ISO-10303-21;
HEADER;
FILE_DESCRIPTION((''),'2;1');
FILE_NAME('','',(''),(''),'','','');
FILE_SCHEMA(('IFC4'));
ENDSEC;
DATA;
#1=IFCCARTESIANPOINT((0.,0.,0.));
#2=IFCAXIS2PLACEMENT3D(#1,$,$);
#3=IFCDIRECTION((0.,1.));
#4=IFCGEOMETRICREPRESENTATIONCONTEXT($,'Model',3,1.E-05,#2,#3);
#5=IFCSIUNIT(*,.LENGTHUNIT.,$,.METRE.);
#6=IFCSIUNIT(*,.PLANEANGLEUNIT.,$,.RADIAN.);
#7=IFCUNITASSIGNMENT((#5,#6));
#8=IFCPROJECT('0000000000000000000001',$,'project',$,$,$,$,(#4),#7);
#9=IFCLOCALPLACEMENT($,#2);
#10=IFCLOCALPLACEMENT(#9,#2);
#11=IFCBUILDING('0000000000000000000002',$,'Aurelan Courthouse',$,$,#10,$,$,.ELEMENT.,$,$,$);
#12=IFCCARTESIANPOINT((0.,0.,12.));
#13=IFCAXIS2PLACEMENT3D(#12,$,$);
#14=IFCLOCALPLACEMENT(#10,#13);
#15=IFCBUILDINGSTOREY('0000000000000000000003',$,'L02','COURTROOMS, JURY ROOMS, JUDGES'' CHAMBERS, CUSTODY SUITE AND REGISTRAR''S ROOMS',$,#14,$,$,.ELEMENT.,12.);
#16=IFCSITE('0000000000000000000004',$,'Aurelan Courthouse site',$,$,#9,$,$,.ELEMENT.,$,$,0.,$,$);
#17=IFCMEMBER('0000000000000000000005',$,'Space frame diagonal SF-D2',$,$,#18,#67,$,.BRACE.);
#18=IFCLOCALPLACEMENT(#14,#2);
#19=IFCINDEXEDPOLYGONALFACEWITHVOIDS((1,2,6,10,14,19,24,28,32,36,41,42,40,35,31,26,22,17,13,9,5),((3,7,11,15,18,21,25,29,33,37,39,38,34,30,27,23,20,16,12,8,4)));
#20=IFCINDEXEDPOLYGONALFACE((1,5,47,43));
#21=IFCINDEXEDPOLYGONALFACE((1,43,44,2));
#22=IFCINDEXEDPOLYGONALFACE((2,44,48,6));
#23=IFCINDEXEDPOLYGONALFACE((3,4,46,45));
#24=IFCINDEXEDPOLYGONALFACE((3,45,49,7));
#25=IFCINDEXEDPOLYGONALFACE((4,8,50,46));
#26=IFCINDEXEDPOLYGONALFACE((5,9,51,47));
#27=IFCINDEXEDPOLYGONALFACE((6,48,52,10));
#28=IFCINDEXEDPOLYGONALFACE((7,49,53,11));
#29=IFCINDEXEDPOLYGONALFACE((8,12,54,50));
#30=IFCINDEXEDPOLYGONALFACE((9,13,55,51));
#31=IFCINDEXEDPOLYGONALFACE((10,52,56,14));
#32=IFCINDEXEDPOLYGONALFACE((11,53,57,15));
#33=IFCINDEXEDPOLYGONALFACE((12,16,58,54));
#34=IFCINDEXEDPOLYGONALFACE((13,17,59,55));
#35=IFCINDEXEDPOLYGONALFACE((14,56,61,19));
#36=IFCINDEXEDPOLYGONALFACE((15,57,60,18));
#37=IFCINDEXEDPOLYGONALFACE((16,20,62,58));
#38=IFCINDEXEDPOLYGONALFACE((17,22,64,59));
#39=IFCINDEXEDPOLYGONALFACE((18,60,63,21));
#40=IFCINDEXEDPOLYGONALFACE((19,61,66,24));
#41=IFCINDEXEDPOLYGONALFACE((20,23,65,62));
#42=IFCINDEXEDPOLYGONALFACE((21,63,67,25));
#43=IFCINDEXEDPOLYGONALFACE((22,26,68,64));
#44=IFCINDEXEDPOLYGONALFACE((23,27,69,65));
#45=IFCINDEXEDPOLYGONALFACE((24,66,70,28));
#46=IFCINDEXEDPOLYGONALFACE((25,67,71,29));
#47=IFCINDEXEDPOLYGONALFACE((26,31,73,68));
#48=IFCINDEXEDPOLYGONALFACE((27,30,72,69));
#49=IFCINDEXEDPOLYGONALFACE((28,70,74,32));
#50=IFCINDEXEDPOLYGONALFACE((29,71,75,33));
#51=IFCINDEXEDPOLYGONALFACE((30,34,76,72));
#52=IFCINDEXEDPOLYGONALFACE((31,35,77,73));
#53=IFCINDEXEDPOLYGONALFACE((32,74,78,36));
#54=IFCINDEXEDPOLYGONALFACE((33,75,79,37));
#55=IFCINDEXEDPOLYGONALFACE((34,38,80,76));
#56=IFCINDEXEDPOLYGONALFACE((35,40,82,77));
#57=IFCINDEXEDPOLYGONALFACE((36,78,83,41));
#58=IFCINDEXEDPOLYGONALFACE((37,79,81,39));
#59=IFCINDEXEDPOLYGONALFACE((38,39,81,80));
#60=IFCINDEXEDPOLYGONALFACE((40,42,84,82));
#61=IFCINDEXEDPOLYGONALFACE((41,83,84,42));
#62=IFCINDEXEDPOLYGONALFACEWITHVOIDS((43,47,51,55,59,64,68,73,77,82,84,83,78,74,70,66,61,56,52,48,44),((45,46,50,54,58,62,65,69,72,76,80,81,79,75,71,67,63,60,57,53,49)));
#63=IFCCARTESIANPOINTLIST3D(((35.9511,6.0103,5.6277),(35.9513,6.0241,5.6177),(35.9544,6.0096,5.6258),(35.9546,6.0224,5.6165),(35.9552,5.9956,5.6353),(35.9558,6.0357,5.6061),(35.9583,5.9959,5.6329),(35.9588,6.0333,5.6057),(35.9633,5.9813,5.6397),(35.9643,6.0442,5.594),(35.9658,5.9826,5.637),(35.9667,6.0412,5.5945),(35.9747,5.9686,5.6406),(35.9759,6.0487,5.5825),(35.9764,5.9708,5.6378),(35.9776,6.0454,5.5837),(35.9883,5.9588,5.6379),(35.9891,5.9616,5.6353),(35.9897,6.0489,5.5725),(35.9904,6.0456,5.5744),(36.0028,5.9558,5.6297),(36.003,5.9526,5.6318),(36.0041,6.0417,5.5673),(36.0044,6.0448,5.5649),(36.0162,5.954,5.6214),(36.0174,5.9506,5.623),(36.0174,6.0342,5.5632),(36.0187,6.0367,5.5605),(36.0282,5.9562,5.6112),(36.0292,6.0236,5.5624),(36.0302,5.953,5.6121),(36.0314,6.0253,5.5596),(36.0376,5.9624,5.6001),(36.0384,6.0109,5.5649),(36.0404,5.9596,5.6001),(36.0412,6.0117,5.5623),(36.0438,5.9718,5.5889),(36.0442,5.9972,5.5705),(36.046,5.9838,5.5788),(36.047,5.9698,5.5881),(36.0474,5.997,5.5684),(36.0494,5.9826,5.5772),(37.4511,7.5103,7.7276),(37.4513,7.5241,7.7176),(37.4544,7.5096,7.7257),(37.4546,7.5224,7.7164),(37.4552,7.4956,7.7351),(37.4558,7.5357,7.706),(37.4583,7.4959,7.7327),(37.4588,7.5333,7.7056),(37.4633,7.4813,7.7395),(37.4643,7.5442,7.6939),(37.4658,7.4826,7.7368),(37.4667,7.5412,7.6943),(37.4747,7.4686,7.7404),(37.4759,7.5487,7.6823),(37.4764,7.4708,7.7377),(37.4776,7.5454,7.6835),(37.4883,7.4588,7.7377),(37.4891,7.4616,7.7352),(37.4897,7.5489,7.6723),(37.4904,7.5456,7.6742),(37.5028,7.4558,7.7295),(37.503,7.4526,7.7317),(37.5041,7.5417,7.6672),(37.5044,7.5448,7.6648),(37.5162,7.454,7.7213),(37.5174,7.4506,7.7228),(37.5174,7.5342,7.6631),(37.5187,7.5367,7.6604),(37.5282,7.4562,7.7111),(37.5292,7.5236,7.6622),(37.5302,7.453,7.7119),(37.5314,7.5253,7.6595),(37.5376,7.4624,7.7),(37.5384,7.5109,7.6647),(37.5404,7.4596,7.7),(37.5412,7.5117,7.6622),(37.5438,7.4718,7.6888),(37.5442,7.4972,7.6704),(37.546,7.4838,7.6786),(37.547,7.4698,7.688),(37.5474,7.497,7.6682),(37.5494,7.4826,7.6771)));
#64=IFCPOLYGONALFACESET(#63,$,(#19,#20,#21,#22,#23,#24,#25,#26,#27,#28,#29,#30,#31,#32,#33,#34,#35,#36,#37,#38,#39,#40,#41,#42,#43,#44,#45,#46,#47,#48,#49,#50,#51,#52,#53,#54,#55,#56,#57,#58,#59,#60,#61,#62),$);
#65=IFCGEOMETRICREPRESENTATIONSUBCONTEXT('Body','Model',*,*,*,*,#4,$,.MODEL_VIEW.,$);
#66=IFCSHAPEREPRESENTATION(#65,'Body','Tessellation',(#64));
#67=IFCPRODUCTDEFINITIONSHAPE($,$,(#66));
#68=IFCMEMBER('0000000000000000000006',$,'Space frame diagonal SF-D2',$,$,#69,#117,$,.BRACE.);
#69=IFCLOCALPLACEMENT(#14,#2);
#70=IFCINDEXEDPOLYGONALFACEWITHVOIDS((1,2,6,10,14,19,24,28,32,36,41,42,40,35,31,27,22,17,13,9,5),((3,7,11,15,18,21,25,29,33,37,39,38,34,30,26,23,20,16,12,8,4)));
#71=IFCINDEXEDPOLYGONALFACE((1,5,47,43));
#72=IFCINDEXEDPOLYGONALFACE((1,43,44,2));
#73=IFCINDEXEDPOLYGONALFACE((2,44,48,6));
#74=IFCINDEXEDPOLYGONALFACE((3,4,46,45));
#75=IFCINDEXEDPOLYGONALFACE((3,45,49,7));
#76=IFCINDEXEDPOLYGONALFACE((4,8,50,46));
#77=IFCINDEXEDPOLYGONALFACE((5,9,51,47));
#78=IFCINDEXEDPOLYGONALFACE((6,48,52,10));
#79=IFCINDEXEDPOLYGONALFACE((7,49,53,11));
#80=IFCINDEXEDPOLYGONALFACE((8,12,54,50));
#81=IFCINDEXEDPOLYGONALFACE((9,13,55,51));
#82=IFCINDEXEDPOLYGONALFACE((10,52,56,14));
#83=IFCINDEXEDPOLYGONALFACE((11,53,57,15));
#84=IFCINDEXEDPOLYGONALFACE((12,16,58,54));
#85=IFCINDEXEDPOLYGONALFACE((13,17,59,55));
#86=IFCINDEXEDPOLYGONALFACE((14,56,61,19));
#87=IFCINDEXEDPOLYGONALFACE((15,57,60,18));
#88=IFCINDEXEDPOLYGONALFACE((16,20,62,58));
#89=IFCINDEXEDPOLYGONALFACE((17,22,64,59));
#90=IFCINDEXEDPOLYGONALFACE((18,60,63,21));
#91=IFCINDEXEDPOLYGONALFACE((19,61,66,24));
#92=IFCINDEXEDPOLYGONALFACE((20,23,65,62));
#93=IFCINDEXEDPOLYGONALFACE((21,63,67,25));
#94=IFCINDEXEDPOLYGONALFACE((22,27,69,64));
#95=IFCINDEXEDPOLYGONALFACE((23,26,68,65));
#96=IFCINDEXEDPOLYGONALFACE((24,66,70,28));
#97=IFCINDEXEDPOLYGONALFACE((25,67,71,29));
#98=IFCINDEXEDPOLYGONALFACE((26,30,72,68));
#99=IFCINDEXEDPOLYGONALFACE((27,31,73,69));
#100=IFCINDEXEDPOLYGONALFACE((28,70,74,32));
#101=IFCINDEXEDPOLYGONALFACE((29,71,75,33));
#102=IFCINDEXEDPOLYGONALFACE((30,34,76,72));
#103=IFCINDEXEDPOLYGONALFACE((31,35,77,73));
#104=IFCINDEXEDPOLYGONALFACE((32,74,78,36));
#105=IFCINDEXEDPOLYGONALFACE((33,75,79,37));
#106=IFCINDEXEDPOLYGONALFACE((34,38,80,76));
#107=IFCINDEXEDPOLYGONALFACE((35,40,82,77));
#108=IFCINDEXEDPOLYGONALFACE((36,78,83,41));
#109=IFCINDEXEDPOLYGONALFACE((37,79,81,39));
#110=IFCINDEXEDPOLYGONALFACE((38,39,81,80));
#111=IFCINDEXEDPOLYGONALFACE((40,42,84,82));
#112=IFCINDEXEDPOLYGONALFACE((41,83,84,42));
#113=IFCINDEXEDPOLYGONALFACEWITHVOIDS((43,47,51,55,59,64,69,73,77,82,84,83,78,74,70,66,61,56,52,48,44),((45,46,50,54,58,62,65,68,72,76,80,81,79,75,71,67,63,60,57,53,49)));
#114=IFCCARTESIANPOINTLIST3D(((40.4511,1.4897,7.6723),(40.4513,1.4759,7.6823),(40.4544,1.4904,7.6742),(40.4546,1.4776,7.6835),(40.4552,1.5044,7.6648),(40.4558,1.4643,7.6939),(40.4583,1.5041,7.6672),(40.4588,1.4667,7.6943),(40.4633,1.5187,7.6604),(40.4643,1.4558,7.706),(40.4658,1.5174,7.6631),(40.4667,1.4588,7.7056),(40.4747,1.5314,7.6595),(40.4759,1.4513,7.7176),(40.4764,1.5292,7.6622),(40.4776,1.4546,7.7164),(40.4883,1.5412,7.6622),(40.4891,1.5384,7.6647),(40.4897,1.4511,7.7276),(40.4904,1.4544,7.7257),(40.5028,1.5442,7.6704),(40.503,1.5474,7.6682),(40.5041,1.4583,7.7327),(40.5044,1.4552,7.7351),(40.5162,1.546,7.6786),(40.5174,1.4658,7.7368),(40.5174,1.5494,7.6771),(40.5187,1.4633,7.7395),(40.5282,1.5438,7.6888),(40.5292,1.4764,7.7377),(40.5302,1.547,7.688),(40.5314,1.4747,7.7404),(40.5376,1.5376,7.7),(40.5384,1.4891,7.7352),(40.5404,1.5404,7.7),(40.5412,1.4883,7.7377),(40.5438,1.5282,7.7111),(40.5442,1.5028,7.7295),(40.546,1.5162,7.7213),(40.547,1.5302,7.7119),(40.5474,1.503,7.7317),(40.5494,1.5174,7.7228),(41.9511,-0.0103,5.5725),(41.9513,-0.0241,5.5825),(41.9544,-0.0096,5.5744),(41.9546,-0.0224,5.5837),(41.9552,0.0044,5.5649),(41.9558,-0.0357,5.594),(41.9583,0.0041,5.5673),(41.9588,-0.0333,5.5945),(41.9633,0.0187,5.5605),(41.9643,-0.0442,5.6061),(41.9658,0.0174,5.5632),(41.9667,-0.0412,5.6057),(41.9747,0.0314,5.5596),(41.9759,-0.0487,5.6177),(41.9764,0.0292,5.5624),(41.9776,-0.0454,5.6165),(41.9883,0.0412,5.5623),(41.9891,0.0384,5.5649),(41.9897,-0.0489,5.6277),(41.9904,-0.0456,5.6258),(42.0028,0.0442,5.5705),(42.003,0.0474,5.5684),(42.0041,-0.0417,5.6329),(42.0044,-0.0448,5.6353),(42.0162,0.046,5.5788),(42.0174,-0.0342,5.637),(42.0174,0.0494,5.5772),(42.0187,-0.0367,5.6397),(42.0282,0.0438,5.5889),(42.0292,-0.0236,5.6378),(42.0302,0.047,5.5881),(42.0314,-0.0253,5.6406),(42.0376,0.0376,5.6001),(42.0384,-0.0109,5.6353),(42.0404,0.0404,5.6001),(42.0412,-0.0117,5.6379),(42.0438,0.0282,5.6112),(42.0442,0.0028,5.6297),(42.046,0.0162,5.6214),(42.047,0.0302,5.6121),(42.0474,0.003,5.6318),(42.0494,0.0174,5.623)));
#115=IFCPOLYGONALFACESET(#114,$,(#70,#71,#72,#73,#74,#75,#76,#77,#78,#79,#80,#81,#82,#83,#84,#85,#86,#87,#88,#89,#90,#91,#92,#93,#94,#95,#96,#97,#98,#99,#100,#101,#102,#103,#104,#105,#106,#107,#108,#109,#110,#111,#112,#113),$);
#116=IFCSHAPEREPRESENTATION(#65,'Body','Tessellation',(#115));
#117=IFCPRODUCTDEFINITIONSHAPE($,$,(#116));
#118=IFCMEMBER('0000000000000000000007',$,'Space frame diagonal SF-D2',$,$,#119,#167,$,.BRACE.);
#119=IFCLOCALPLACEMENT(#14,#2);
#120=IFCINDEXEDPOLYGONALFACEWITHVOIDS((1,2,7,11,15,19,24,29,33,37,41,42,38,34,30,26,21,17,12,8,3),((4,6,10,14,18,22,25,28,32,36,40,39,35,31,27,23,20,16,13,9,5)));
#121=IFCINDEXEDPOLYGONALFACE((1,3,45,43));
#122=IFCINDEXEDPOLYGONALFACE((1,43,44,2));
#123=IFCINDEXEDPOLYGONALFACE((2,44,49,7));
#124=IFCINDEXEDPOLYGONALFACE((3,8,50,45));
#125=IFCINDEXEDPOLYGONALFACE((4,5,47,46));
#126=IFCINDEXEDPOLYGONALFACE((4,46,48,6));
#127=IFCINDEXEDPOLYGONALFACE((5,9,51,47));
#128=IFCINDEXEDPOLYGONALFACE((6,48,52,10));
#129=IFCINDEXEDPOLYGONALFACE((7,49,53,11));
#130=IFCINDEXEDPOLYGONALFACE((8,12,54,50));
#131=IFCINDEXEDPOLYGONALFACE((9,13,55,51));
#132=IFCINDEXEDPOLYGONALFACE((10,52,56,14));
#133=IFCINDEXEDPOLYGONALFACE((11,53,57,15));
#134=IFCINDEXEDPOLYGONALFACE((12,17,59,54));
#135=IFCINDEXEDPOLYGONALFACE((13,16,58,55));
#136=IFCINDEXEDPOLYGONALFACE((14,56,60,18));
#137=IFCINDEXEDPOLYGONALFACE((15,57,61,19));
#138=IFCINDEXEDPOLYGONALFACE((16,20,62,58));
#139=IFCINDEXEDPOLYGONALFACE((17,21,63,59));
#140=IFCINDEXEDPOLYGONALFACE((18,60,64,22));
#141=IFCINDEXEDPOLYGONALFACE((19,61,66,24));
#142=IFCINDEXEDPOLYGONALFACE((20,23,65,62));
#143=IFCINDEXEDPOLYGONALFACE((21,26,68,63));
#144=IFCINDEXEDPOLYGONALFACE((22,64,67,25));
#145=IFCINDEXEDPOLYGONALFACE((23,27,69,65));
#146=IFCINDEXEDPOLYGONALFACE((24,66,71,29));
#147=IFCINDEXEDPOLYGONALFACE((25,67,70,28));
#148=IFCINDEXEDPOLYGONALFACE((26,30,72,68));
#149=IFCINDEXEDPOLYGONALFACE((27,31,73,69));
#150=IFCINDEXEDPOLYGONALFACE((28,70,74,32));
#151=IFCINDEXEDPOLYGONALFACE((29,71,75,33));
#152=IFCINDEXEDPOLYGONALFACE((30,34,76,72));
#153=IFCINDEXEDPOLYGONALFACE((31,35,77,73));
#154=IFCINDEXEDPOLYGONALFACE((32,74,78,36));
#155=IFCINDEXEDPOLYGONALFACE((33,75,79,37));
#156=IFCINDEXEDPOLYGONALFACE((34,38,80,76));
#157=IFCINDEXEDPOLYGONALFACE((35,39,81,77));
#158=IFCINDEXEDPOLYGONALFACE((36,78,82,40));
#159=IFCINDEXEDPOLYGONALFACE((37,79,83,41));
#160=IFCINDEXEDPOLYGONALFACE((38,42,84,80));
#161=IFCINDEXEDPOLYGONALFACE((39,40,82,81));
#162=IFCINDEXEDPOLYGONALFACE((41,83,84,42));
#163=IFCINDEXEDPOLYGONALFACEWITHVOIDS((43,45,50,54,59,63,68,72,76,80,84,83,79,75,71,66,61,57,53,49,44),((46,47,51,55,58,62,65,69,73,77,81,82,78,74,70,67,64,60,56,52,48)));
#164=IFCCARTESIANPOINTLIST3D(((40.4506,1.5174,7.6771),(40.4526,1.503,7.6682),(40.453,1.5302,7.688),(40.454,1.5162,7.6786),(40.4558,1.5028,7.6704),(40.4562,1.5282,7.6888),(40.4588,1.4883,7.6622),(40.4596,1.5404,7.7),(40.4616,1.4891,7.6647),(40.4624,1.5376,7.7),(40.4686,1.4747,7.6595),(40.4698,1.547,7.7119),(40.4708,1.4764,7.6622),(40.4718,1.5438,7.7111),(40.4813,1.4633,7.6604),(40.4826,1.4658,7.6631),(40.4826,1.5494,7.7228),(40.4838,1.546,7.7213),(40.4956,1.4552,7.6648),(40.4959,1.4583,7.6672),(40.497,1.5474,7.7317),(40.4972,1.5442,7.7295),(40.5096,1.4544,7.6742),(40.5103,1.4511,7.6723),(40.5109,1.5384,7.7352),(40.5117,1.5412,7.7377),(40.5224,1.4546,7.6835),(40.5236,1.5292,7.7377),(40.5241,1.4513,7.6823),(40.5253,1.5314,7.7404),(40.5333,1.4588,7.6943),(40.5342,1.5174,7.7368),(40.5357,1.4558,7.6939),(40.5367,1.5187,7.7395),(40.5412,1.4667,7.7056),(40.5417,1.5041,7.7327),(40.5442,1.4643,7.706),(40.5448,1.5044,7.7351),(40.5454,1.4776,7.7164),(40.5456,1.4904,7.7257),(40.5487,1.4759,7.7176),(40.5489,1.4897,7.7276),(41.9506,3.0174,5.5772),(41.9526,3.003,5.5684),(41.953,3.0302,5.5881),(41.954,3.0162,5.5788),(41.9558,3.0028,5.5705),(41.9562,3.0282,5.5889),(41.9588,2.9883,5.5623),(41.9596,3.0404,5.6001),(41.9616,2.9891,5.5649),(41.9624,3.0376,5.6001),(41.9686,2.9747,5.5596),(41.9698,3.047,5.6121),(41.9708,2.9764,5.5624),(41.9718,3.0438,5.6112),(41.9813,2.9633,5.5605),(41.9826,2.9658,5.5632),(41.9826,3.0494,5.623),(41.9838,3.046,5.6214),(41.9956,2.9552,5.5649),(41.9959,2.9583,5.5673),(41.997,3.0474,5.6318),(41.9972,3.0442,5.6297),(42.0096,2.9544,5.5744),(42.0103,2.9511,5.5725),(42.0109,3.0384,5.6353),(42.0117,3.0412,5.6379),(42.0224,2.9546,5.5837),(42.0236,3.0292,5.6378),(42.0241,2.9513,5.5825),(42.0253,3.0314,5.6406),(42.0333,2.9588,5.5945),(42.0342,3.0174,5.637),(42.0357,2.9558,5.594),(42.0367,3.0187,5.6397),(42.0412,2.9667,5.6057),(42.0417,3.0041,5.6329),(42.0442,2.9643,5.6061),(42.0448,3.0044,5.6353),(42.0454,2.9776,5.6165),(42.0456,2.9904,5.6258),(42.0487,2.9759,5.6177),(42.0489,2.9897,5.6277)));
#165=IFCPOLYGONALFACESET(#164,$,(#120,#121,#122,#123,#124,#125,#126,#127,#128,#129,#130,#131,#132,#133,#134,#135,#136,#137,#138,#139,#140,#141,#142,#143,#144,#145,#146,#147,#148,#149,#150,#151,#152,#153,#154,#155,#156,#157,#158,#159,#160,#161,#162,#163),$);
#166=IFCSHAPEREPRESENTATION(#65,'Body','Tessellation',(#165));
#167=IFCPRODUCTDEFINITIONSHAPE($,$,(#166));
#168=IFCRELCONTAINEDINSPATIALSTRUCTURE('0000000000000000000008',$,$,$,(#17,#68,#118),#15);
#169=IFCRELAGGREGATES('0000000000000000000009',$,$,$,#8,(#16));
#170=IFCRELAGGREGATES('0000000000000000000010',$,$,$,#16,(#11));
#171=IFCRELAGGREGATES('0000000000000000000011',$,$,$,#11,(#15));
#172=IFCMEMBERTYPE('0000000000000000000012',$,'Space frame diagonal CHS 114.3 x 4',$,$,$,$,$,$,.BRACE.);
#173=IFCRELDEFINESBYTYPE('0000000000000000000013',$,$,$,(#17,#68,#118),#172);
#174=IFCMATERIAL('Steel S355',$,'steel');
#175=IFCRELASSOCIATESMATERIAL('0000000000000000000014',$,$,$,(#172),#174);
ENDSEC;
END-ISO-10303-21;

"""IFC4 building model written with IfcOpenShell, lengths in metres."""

from ifc_helpers import new_model, si_unit, direction, frame, origin, origin_2d, place, context, subcontext, project, spatial, hollow_circle, extrude, material, material_profile, profile_set, type_object, element, save


model = new_model("IFC4")

# Units and contexts
model_context = context("Model", 3, precision=1e-05, world=origin(), true_north=direction((0.0, 1.0)))
body_context = subcontext(model_context, "Body", "Model", "MODEL_VIEW")
ifc_project = project(units=[si_unit("LENGTHUNIT", "METRE"), si_unit("PLANEANGLEUNIT", "RADIAN")], contexts=[model_context])

# Site, building, storey
site_placement = place(None, origin())
site = spatial("IfcSite", under=ifc_project, at=site_placement, Name="Aurelan Courthouse site", CompositionType="ELEMENT", RefElevation=0.0)
building_placement = place(site_placement, origin())
building = spatial("IfcBuilding", under=site, at=building_placement, Name="Aurelan Courthouse", CompositionType="ELEMENT")
storey_placement = place(building_placement, frame((0.0, 0.0, 12.0)))
storey = spatial("IfcBuildingStorey", under=building, at=storey_placement, Name="L02", Description="COURTROOMS, JURY ROOMS, JUDGES' CHAMBERS, CUSTODY SUITE AND REGISTRAR'S ROOMS", CompositionType="ELEMENT", Elevation=12.0)

# Members
ifc_material_1 = material(Name="Steel S355", Category="steel")
ifc_material_profile_1 = material_profile(ifc_material_1, hollow_circle(Radius=0.0571, WallThickness=0.0039, at=origin_2d()), Name="CHS 114.3 x 4")
ifc_profile_set_1 = profile_set([ifc_material_profile_1], Name="Steel S355")
member_type_1 = type_object("IfcMemberType", Name="Space frame diagonal CHS 114.3 x 4", PredefinedType="BRACE", material=ifc_profile_set_1)
for number, where, z_axis, x_axis, name in (
    (1, (37.5, 7.5, 7.7), (-0.502536, -0.502536, -0.703502), (0.707107, -0.707107, 0.0), "Space frame diagonal SF-D2"),
    (2, (40.5, 1.5, 7.7), (0.502536, -0.502536, -0.703502), (0.707107, 0.707107, 0.0), "Space frame diagonal SF-D2"),
    (3, (40.5, 1.5, 7.7), (0.502536, 0.502536, -0.703502), (-0.707107, 0.707107, 0.0), "Space frame diagonal SF-D2"),
):
    element("IfcMember", number, at=place(storey_placement, frame(where, z_axis=z_axis, x_axis=x_axis)), inside=storey, type_object=member_type_1, Name=name, PredefinedType="BRACE", context=body_context, shape_type="SweptSolid", body=[
        extrude(hollow_circle(Radius=0.0571, WallThickness=0.0039, at=origin_2d()), origin(), (0.0, 0.0, 1.0), 2.9849),
    ])

save(model, "model.ifc")
